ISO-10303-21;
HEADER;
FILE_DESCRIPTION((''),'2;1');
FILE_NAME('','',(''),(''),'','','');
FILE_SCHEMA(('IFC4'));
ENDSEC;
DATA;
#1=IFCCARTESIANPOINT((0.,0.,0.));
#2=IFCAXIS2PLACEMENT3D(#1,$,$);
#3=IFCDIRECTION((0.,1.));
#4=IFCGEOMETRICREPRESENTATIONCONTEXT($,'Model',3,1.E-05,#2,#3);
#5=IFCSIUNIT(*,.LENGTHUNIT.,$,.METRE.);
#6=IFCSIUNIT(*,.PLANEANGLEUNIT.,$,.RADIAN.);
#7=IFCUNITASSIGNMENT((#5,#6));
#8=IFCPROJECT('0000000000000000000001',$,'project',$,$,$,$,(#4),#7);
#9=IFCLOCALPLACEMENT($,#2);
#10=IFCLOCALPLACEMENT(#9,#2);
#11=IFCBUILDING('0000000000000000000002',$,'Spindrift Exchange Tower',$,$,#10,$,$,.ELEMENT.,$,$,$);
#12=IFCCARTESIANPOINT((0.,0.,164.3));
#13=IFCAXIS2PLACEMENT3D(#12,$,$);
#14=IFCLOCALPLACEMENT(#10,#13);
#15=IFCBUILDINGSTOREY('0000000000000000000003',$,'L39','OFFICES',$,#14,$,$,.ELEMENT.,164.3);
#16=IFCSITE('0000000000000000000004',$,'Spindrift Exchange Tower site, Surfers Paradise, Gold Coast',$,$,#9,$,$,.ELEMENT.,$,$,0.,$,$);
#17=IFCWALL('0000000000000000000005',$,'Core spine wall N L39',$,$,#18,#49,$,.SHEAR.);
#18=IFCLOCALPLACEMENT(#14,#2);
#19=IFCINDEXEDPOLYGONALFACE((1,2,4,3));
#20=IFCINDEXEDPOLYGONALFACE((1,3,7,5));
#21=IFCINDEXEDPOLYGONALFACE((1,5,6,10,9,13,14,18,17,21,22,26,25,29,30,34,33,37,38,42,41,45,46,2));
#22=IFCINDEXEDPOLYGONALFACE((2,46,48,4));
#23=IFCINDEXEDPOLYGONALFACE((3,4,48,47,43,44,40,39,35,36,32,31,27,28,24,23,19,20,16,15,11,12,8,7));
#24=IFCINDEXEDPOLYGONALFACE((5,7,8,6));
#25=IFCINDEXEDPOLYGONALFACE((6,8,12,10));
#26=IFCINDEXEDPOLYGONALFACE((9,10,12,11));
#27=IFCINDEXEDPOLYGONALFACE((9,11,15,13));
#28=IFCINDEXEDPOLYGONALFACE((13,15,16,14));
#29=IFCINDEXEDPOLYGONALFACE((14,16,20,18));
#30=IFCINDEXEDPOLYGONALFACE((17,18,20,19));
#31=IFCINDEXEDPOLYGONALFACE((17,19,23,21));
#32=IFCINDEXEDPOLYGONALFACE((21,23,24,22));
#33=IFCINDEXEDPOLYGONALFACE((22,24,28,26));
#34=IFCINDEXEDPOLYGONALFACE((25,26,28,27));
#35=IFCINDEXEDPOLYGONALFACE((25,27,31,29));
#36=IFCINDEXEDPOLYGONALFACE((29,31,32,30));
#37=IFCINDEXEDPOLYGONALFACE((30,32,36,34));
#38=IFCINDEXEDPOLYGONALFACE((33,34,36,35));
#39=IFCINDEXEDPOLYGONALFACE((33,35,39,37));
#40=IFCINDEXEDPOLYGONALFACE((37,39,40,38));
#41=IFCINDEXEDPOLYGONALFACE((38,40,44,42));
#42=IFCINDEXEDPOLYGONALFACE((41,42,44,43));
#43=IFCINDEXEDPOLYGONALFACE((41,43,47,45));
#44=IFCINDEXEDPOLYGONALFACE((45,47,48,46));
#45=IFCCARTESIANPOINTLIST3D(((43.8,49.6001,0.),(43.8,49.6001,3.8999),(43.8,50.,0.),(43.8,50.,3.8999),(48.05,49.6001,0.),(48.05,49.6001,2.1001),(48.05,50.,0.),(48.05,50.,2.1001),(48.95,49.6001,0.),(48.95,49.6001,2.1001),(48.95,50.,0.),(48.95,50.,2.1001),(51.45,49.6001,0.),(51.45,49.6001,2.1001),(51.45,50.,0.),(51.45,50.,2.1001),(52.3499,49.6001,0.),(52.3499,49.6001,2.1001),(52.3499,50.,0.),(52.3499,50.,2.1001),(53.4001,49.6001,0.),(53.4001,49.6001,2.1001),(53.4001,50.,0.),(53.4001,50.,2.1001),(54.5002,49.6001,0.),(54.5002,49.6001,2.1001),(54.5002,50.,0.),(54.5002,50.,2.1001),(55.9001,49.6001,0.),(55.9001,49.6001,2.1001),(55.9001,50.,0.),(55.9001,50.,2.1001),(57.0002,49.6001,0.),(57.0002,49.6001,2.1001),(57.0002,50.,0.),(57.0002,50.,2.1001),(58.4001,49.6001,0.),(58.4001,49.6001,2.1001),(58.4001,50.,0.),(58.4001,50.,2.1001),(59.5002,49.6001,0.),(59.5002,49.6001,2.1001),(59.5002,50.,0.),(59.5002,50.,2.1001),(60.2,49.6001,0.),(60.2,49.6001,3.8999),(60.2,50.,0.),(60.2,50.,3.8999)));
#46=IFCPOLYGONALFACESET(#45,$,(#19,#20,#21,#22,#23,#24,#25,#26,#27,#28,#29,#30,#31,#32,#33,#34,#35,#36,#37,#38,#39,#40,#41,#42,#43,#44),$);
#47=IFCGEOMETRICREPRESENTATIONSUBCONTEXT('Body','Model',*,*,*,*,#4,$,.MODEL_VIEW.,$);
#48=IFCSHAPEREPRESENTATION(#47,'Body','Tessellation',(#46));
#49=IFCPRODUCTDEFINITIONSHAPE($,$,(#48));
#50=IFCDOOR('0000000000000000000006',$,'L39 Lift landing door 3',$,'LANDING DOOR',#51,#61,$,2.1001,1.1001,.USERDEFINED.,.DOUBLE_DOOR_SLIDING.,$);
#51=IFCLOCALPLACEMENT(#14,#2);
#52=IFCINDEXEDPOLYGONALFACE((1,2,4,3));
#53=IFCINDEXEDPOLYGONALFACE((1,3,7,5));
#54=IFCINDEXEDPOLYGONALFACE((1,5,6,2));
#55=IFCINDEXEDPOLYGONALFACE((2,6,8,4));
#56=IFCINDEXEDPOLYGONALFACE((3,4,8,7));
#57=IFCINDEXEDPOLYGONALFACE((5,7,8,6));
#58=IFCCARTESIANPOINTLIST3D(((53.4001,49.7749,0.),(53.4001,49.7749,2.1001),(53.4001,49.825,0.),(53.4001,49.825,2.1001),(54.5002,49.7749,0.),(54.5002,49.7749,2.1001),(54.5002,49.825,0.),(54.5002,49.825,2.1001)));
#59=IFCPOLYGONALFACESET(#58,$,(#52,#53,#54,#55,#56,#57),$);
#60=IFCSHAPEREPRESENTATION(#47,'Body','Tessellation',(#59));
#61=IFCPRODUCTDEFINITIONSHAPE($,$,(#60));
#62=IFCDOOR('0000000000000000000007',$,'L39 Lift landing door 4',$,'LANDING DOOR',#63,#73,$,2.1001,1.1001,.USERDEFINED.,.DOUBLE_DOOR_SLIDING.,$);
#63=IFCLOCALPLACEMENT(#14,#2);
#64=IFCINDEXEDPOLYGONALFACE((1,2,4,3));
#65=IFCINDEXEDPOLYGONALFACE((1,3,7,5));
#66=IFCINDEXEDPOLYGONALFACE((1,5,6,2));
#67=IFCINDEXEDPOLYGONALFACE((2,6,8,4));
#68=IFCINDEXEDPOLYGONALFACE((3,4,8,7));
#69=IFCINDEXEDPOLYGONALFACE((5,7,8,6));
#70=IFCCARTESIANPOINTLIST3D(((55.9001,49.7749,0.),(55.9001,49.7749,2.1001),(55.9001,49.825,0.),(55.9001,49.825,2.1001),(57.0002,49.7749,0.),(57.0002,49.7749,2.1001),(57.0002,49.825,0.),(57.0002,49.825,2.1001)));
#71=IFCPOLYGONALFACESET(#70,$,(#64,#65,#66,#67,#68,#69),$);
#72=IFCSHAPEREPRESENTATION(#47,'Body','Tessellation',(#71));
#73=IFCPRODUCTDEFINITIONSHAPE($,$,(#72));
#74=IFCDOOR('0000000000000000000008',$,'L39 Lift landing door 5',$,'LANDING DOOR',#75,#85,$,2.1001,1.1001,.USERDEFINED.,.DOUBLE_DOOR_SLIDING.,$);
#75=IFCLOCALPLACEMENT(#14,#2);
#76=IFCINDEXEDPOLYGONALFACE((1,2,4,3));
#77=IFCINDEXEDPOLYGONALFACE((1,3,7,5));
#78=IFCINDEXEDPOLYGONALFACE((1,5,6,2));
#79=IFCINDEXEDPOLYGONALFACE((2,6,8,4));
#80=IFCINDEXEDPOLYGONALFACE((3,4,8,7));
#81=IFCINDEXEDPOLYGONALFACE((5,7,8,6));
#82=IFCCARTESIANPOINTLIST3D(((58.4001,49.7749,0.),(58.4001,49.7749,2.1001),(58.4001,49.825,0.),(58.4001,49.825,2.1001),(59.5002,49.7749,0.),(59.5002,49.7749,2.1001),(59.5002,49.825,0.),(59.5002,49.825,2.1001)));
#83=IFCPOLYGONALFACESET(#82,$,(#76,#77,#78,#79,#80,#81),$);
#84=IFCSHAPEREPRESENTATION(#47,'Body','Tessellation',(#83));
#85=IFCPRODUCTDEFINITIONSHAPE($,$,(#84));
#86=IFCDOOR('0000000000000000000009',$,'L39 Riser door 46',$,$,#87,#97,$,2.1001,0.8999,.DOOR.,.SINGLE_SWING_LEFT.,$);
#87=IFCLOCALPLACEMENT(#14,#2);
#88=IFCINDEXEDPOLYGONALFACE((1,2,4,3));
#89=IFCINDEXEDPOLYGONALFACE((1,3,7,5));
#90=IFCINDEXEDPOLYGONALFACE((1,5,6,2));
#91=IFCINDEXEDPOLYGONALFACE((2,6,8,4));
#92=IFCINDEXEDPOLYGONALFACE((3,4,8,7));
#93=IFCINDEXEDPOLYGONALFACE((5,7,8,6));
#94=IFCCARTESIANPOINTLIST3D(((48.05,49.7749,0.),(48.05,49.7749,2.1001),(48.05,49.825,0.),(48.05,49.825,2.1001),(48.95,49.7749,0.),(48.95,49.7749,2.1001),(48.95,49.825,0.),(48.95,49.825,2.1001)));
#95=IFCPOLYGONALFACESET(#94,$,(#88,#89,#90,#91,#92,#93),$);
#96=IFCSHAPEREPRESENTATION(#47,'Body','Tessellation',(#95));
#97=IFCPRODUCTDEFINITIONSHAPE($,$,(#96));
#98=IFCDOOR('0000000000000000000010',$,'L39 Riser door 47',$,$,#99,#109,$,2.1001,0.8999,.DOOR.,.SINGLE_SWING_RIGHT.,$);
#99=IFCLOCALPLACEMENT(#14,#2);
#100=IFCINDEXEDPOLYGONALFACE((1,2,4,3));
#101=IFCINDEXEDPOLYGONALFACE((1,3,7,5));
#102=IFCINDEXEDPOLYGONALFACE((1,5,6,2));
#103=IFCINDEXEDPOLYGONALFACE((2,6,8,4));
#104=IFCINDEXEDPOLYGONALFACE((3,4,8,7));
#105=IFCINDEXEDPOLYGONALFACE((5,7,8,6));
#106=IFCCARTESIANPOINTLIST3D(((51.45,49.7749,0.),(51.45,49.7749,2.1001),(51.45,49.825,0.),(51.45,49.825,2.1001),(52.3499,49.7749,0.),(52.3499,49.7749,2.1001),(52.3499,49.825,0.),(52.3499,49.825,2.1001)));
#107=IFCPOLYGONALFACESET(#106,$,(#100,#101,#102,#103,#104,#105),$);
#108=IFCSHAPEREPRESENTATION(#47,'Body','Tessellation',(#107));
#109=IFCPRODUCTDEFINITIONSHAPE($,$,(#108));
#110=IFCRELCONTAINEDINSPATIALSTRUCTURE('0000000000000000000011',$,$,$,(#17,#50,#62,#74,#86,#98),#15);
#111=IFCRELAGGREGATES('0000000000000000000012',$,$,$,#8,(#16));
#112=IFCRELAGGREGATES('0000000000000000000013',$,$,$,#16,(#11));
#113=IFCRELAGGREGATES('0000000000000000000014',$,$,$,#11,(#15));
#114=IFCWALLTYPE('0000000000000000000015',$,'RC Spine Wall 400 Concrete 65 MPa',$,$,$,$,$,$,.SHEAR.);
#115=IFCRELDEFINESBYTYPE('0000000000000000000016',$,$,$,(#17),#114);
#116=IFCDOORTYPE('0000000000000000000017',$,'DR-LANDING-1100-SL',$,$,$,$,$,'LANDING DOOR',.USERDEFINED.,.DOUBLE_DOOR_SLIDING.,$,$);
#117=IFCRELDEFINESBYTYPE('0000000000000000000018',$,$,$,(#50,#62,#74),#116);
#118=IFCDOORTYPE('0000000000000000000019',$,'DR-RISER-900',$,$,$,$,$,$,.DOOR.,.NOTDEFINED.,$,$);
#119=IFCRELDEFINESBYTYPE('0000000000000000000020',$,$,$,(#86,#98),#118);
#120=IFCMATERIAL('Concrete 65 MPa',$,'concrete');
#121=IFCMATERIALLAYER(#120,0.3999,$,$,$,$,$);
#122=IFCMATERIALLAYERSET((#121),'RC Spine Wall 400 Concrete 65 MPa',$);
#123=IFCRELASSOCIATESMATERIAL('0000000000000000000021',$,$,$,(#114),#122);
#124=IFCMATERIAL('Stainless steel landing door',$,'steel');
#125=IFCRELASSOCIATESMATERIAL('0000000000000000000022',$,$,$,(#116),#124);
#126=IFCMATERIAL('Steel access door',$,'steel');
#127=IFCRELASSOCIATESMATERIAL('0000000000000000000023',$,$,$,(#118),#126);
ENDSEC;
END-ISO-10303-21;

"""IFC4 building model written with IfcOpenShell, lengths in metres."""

from ifc_helpers import new_model, si_unit, direction, frame, frame_2d, origin, place, context, subcontext, project, spatial, rectangle, extrude, source, transform, mapped, material, layer, layer_set, type_object, element, fill, save


model = new_model("IFC4")

# Units and contexts
model_context = context("Model", 3, precision=1e-05, world=origin(), true_north=direction((0.0, 1.0)))
body_context = subcontext(model_context, "Body", "Model", "MODEL_VIEW")
ifc_project = project(units=[si_unit("LENGTHUNIT", "METRE"), si_unit("PLANEANGLEUNIT", "RADIAN")], contexts=[model_context])

# Site, building, storey
site_placement = place(None, origin())
site = spatial("IfcSite", under=ifc_project, at=site_placement, Name="Spindrift Exchange Tower site, Surfers Paradise, Gold Coast", CompositionType="ELEMENT", RefElevation=0.0)
building_placement = place(site_placement, origin())
building = spatial("IfcBuilding", under=site, at=building_placement, Name="Spindrift Exchange Tower", CompositionType="ELEMENT")
storey_placement = place(building_placement, frame((0.0, 0.0, 164.3)))
storey = spatial("IfcBuildingStorey", under=building, at=storey_placement, Name="L39", Description="OFFICES", CompositionType="ELEMENT", Elevation=164.3)

# Wall, openings, doors
ifc_material_1 = material(Name="Concrete 65 MPa", Category="concrete")
ifc_layer_1 = layer(ifc_material_1, 0.3999)
ifc_layer_set_1 = layer_set([ifc_layer_1], Name="RC Spine Wall 400 Concrete 65 MPa")
wall_type_1 = type_object("IfcWallType", Name="RC Spine Wall 400 Concrete 65 MPa", PredefinedType="SHEAR", material=ifc_layer_set_1)
wall_1_placement = place(storey_placement, frame((43.8, 49.8, 0.0), z_axis=(0.0, 0.0, 1.0), x_axis=(1.0, 0.0, 0.0)))
wall_1 = element("IfcWall", 1, at=wall_1_placement, inside=storey, type_object=wall_type_1, Name="Core spine wall N L39", PredefinedType="SHEAR", context=body_context, shape_type="SweptSolid", body=[
    extrude(rectangle(XDim=16.3999, YDim=0.3999, at=frame_2d((8.2, 0.0))), origin(), (0.0, 0.0, 1.0), 3.8999),
])
opening_1_placement = place(wall_1_placement, frame((9.6001, 0.0, 0.0)))
opening_1 = element("IfcOpeningElement", 2, at=opening_1_placement, cuts=wall_1, PredefinedType="OPENING", context=body_context, shape_type="SweptSolid", body=[
    extrude(rectangle(XDim=1.1001, YDim=2.1001, at=frame_2d((0.55, 1.05))), frame((0.0, 0.21, 0.0), z_axis=(0.0, -1.0, 0.0), x_axis=(1.0, 0.0, 0.0)), (0.0, 0.0, 1.0), 0.4199),
])
opening_2_placement = place(wall_1_placement, frame((12.1001, 0.0, 0.0)))
opening_2 = element("IfcOpeningElement", 3, at=opening_2_placement, cuts=wall_1, PredefinedType="OPENING", context=body_context, shape_type="SweptSolid", body=[
    extrude(rectangle(XDim=1.1001, YDim=2.1001, at=frame_2d((0.55, 1.05))), frame((0.0, 0.21, 0.0), z_axis=(0.0, -1.0, 0.0), x_axis=(1.0, 0.0, 0.0)), (0.0, 0.0, 1.0), 0.4199),
])
opening_3_placement = place(wall_1_placement, frame((14.6001, 0.0, 0.0)))
opening_3 = element("IfcOpeningElement", 4, at=opening_3_placement, cuts=wall_1, PredefinedType="OPENING", context=body_context, shape_type="SweptSolid", body=[
    extrude(rectangle(XDim=1.1001, YDim=2.1001, at=frame_2d((0.55, 1.05))), frame((0.0, 0.21, 0.0), z_axis=(0.0, -1.0, 0.0), x_axis=(1.0, 0.0, 0.0)), (0.0, 0.0, 1.0), 0.4199),
])
opening_4_placement = place(wall_1_placement, frame((4.25, 0.0, 0.0)))
opening_4 = element("IfcOpeningElement", 5, at=opening_4_placement, cuts=wall_1, PredefinedType="OPENING", context=body_context, shape_type="SweptSolid", body=[
    extrude(rectangle(XDim=0.8999, YDim=2.1001, at=frame_2d((0.45, 1.05))), frame((0.0, 0.21, 0.0), z_axis=(0.0, -1.0, 0.0), x_axis=(1.0, 0.0, 0.0)), (0.0, 0.0, 1.0), 0.4199),
])
opening_5_placement = place(wall_1_placement, frame((7.6499, 0.0, 0.0)))
opening_5 = element("IfcOpeningElement", 6, at=opening_5_placement, cuts=wall_1, PredefinedType="OPENING", context=body_context, shape_type="SweptSolid", body=[
    extrude(rectangle(XDim=0.8999, YDim=2.1001, at=frame_2d((0.45, 1.05))), frame((0.0, 0.21, 0.0), z_axis=(0.0, -1.0, 0.0), x_axis=(1.0, 0.0, 0.0)), (0.0, 0.0, 1.0), 0.4199),
])
ifc_material_2 = material(Name="Stainless steel landing door", Category="steel")
door_type_1 = type_object("IfcDoorType", Name="DR-LANDING-1100-SL", ElementType="LANDING DOOR", OperationType="DOUBLE_DOOR_SLIDING", PredefinedType="USERDEFINED", material=ifc_material_2)
shared_shape_1 = source(origin(), body_context, "Body", "SweptSolid", [
    extrude(rectangle(XDim=1.1001, YDim=2.1001, at=frame_2d((0.55, 1.05))), frame((0.0, 0.0249, 0.0), z_axis=(0.0, -1.0, 0.0), x_axis=(1.0, 0.0, 0.0)), (0.0, 0.0, 1.0), 0.05),
])
door_1_placement = place(opening_1_placement, origin())
door_1 = element("IfcDoor", 7, at=door_1_placement, inside=storey, type_object=door_type_1, Name="L39 Lift landing door 3", ObjectType="LANDING DOOR", OperationType="DOUBLE_DOOR_SLIDING", OverallHeight=2.1001, OverallWidth=1.1001, PredefinedType="USERDEFINED", context=body_context, shape_type="MappedRepresentation", body=[
    mapped(shared_shape_1, transform((0.0, 0.0, 0.0), scale=1.0)),
])
fill(opening_1, door_1)
door_2_placement = place(opening_2_placement, origin())
door_2 = element("IfcDoor", 8, at=door_2_placement, inside=storey, type_object=door_type_1, Name="L39 Lift landing door 4", ObjectType="LANDING DOOR", OperationType="DOUBLE_DOOR_SLIDING", OverallHeight=2.1001, OverallWidth=1.1001, PredefinedType="USERDEFINED", context=body_context, shape_type="MappedRepresentation", body=[
    mapped(shared_shape_1, transform((0.0, 0.0, 0.0), scale=1.0)),
])
fill(opening_2, door_2)
door_3_placement = place(opening_3_placement, origin())
door_3 = element("IfcDoor", 9, at=door_3_placement, inside=storey, type_object=door_type_1, Name="L39 Lift landing door 5", ObjectType="LANDING DOOR", OperationType="DOUBLE_DOOR_SLIDING", OverallHeight=2.1001, OverallWidth=1.1001, PredefinedType="USERDEFINED", context=body_context, shape_type="MappedRepresentation", body=[
    mapped(shared_shape_1, transform((0.0, 0.0, 0.0), scale=1.0)),
])
fill(opening_3, door_3)
ifc_material_3 = material(Name="Steel access door", Category="steel")
door_type_2 = type_object("IfcDoorType", Name="DR-RISER-900", OperationType="NOTDEFINED", PredefinedType="DOOR", material=ifc_material_3)
shared_shape_2 = source(origin(), body_context, "Body", "SweptSolid", [
    extrude(rectangle(XDim=0.8999, YDim=2.1001, at=frame_2d((0.45, 1.05))), frame((0.0, 0.0249, 0.0), z_axis=(0.0, -1.0, 0.0), x_axis=(1.0, 0.0, 0.0)), (0.0, 0.0, 1.0), 0.05),
])
door_4_placement = place(opening_4_placement, origin())
door_4 = element("IfcDoor", 10, at=door_4_placement, inside=storey, type_object=door_type_2, Name="L39 Riser door 46", OperationType="SINGLE_SWING_LEFT", OverallHeight=2.1001, OverallWidth=0.8999, PredefinedType="DOOR", context=body_context, shape_type="MappedRepresentation", body=[
    mapped(shared_shape_2, transform((0.0, 0.0, 0.0), scale=1.0)),
])
fill(opening_4, door_4)
door_5_placement = place(opening_5_placement, origin())
door_5 = element("IfcDoor", 11, at=door_5_placement, inside=storey, type_object=door_type_2, Name="L39 Riser door 47", OperationType="SINGLE_SWING_RIGHT", OverallHeight=2.1001, OverallWidth=0.8999, PredefinedType="DOOR", context=body_context, shape_type="MappedRepresentation", body=[
    mapped(shared_shape_2, transform((0.0, 0.0, 0.0), scale=1.0)),
])
fill(opening_5, door_5)

save(model, "model.ifc")
